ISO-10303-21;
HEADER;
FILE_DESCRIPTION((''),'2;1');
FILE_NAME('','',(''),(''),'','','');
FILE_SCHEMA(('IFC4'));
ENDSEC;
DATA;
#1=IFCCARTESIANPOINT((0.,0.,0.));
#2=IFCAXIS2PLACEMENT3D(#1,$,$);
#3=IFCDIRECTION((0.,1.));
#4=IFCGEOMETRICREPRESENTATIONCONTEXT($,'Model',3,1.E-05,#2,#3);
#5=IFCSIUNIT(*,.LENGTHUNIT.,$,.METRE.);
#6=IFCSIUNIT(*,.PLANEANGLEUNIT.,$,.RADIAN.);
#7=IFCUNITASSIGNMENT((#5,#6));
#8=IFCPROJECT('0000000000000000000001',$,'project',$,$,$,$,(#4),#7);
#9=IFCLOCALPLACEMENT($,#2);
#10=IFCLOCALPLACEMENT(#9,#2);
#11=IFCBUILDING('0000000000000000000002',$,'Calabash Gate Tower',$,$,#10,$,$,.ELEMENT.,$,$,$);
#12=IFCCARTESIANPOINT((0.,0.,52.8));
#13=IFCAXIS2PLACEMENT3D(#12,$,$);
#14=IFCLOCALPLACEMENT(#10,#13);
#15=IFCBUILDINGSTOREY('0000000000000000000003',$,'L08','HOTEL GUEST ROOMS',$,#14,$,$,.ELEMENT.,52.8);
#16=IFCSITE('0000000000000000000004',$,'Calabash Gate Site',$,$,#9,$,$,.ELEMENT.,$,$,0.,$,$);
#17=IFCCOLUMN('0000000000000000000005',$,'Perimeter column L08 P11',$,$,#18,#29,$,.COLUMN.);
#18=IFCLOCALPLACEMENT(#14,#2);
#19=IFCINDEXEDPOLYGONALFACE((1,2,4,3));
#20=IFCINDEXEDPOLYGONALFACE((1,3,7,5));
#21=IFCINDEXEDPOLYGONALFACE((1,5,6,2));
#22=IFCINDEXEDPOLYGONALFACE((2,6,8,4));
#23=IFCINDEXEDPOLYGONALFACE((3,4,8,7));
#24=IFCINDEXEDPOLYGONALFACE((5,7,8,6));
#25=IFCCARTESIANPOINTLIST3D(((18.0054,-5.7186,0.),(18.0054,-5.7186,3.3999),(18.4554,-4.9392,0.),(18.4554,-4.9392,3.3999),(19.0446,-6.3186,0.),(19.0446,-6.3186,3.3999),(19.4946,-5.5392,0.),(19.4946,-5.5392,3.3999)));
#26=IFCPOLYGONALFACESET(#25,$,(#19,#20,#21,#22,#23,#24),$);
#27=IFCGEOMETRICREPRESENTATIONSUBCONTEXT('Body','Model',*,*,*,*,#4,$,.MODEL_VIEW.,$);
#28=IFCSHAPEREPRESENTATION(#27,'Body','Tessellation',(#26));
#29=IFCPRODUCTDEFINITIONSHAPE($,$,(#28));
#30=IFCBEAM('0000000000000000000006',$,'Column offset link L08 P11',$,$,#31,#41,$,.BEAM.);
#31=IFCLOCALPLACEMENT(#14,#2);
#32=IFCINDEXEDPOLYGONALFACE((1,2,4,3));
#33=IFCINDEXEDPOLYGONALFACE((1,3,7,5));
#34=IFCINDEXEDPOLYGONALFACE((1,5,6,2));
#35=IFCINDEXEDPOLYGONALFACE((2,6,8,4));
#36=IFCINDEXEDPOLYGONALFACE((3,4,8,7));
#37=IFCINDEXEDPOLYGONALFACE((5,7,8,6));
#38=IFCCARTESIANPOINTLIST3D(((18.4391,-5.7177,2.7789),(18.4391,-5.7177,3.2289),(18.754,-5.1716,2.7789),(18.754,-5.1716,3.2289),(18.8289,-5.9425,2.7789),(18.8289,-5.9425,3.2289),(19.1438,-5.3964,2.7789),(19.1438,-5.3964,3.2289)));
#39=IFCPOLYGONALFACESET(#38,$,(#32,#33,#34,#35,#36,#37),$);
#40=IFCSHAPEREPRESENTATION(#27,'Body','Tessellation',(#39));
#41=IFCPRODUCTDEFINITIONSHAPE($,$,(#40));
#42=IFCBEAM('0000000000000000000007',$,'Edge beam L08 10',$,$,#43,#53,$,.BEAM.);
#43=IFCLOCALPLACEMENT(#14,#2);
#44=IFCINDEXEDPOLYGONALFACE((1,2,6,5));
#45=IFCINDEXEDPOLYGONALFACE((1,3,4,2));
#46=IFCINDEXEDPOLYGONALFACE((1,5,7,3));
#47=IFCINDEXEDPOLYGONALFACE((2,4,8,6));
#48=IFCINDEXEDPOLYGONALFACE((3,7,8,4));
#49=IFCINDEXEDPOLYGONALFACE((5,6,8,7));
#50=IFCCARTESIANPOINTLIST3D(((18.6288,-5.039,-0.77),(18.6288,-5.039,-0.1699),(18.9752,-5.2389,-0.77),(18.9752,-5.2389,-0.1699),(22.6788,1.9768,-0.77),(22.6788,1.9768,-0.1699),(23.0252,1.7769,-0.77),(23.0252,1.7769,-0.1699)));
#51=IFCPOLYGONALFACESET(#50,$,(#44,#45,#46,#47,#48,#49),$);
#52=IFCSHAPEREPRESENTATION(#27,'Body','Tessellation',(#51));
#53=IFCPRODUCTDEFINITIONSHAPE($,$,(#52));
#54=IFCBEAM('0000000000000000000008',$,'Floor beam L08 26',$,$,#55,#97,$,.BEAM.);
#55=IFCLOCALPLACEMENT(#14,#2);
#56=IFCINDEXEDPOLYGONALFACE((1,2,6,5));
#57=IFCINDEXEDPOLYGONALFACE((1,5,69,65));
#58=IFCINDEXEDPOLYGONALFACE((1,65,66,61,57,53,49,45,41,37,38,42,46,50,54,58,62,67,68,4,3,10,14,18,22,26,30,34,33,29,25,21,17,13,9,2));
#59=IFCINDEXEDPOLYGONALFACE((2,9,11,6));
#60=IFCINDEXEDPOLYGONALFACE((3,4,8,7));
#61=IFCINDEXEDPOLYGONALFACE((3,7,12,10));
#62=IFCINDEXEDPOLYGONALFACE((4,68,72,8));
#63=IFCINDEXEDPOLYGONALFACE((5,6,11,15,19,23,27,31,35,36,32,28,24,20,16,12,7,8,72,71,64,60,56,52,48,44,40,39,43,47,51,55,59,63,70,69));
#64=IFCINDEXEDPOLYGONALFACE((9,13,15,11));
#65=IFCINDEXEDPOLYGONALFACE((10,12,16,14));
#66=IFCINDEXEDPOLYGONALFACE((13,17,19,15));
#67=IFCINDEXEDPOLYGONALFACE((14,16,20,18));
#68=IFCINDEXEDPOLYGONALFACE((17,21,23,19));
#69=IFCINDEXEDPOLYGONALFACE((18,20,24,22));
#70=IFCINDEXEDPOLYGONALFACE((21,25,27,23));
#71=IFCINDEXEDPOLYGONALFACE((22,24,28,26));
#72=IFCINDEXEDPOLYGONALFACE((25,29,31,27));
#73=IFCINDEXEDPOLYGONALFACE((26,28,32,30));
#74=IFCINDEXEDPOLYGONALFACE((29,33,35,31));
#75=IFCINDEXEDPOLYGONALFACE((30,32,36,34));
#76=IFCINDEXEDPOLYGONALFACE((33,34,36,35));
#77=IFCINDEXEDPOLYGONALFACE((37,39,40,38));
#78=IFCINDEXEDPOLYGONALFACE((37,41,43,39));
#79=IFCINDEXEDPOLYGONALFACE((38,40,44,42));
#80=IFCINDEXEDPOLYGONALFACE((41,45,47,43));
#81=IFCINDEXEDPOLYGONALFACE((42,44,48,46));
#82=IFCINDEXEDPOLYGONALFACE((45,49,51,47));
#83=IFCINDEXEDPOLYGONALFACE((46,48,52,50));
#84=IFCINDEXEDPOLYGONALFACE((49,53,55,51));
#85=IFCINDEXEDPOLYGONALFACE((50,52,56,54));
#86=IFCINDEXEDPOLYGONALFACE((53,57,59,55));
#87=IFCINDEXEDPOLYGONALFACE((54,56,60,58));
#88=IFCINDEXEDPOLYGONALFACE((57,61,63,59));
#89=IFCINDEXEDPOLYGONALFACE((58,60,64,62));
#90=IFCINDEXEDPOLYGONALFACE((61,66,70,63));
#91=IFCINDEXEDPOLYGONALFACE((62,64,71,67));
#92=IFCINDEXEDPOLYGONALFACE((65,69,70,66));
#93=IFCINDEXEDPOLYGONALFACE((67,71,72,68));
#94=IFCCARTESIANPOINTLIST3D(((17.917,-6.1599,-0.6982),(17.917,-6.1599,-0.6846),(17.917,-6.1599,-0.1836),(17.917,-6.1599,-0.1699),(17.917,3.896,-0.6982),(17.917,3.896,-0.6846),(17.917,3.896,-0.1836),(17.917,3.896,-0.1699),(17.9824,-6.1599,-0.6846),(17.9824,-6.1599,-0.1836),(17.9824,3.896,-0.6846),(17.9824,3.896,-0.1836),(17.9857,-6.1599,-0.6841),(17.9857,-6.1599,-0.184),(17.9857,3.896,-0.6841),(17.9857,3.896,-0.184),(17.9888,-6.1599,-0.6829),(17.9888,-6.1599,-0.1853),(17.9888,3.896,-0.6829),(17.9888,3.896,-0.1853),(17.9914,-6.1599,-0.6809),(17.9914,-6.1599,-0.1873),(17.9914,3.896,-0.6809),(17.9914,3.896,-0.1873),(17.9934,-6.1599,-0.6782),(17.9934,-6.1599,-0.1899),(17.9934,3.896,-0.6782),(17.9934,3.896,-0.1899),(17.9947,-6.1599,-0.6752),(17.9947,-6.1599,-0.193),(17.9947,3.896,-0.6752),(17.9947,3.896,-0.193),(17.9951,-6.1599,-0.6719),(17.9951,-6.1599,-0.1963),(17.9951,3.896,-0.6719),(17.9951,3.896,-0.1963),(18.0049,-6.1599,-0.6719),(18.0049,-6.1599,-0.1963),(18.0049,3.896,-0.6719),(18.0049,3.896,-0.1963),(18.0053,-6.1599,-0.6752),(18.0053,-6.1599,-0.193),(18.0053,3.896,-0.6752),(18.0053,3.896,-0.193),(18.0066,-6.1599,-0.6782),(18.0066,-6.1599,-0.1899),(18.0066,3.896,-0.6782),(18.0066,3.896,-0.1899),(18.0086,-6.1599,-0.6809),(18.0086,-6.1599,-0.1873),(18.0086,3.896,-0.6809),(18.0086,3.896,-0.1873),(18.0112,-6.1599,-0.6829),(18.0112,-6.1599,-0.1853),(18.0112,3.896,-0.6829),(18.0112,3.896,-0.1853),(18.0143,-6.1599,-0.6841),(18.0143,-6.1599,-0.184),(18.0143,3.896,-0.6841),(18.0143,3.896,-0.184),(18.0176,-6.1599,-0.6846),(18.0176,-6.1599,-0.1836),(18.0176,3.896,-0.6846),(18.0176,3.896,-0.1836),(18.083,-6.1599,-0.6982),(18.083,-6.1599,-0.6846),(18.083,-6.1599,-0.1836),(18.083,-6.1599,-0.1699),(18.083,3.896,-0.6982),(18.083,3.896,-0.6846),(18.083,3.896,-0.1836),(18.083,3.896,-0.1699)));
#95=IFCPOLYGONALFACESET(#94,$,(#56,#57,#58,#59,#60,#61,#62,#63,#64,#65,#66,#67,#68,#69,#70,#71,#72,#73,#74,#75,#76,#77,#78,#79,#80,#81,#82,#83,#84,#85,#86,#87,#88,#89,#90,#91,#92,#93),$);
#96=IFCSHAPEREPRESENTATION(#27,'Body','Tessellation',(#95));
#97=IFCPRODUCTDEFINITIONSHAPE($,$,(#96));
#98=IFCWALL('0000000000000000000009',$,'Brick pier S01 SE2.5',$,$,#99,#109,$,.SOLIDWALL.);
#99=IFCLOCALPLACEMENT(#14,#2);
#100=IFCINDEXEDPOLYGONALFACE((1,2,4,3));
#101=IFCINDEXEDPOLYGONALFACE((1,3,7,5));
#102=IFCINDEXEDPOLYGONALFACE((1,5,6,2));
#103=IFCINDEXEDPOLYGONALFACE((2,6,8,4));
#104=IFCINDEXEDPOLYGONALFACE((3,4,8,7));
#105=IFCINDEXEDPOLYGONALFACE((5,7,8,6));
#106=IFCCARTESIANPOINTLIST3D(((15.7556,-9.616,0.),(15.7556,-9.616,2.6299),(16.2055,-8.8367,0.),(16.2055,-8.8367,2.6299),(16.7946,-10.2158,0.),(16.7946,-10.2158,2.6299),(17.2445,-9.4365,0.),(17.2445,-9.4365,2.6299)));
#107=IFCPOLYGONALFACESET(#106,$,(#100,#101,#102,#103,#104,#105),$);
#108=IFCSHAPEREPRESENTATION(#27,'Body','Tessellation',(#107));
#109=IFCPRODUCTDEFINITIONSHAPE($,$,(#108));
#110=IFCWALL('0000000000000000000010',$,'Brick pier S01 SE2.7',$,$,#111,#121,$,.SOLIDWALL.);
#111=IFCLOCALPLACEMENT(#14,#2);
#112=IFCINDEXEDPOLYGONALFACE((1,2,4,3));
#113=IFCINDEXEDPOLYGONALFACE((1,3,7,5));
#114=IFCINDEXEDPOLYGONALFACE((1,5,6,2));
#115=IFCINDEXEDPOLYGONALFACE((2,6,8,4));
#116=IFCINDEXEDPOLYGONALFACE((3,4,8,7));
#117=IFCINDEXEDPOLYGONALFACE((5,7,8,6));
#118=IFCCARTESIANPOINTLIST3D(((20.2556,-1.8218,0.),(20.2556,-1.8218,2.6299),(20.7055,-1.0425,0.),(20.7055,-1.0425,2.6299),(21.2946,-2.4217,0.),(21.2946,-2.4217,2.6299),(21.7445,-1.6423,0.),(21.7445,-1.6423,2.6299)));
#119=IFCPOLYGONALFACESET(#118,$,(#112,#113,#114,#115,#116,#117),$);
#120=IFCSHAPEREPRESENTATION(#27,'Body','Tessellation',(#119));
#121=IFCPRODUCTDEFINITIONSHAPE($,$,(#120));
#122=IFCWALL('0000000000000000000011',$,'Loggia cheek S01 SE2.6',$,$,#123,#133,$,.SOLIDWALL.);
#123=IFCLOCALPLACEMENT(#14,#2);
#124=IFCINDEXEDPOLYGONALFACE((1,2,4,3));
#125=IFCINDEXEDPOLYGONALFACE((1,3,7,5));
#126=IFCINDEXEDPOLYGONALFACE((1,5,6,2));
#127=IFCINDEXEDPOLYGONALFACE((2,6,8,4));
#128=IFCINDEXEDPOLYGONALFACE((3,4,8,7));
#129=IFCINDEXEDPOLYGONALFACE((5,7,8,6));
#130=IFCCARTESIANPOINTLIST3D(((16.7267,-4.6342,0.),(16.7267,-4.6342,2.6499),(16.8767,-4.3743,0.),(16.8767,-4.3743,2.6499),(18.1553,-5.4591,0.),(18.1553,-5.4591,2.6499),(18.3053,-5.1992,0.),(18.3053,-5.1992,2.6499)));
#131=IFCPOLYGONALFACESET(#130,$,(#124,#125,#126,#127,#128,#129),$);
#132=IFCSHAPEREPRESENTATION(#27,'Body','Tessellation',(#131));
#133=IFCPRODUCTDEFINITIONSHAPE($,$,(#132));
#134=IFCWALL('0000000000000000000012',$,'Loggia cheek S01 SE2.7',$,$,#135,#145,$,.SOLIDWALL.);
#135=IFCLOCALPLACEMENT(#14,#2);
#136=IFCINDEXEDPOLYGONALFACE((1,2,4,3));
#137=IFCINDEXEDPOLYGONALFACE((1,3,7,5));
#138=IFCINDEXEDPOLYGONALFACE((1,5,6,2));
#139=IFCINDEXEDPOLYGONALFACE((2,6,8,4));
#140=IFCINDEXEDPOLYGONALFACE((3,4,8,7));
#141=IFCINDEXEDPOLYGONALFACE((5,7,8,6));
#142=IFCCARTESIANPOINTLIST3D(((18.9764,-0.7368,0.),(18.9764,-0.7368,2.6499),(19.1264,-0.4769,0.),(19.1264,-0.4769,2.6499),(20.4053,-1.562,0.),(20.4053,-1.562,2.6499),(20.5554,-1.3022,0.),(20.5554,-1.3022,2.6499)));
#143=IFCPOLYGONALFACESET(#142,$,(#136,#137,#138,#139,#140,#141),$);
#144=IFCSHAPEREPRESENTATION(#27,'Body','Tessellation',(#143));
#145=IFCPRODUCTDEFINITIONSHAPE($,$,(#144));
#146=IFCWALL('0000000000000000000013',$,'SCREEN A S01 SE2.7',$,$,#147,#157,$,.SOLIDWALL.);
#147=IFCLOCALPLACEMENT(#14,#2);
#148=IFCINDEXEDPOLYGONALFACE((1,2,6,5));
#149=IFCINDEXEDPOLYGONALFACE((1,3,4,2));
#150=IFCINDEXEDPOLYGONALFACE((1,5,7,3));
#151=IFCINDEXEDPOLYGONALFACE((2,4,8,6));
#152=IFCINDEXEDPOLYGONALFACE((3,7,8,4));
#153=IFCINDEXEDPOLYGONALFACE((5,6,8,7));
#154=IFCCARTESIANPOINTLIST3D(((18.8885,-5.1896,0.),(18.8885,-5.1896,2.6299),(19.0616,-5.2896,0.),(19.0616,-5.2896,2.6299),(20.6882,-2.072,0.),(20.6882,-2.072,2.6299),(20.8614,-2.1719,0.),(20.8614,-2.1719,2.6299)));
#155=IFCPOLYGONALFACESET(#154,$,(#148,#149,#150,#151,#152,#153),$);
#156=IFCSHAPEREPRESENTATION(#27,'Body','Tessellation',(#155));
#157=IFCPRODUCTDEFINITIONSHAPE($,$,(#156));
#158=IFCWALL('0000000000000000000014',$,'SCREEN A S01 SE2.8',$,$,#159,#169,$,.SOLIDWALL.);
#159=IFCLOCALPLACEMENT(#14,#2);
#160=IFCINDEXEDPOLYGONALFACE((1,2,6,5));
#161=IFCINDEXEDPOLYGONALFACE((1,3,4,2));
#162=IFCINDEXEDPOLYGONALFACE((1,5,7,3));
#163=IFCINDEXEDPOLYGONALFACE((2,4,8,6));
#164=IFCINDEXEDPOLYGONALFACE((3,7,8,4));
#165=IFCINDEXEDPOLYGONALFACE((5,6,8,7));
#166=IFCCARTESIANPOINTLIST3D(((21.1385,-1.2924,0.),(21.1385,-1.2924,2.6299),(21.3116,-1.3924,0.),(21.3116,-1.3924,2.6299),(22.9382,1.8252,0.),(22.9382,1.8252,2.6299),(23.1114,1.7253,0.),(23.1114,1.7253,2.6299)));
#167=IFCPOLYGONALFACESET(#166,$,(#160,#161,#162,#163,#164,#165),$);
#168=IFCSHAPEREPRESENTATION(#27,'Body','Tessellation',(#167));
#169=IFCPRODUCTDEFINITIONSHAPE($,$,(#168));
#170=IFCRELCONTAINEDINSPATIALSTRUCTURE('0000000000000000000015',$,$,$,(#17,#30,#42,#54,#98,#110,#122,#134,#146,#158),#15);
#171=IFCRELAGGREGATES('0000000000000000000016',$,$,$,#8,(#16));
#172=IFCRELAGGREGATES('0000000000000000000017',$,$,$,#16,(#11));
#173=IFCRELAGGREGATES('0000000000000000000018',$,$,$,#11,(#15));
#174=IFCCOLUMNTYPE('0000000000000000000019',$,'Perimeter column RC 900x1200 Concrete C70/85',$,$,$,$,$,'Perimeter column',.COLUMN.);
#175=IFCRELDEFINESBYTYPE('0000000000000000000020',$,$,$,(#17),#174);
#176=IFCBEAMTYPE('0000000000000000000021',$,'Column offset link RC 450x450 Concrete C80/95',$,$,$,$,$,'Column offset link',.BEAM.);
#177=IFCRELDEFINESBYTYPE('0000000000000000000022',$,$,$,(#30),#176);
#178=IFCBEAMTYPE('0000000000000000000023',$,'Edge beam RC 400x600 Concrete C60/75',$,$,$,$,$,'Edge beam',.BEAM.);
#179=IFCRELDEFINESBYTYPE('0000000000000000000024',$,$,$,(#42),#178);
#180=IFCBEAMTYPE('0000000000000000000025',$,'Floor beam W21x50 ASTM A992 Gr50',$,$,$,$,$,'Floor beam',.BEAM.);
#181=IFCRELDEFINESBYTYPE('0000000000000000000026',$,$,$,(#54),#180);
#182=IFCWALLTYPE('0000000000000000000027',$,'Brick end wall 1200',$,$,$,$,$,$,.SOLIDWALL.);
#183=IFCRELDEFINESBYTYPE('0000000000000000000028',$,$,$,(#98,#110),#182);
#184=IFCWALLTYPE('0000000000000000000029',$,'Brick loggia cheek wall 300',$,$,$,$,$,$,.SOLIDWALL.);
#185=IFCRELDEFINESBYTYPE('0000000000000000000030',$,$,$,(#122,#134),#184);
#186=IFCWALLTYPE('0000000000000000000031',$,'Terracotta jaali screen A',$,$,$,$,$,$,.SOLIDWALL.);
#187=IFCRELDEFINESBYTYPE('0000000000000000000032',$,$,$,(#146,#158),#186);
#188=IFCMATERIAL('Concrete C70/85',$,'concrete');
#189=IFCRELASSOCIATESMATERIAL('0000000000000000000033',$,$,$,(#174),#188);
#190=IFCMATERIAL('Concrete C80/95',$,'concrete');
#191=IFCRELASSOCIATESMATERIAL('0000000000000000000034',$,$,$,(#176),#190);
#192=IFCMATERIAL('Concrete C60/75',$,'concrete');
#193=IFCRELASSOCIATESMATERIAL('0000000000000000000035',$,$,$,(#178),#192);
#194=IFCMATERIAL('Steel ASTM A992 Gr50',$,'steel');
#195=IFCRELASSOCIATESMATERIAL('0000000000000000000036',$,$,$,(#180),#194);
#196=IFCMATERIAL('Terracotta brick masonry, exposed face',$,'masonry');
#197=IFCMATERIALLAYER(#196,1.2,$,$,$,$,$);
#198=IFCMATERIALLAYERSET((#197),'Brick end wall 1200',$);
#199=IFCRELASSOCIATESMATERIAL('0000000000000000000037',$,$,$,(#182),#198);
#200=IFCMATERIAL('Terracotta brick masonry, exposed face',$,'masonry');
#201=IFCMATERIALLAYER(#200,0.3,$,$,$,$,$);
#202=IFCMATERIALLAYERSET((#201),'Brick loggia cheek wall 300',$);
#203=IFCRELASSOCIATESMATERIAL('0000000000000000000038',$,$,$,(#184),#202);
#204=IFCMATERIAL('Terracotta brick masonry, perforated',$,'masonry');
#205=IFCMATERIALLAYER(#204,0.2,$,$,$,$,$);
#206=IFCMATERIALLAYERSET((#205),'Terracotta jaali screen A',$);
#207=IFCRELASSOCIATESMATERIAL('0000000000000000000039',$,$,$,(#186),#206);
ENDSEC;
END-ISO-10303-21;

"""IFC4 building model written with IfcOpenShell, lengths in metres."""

from ifc_helpers import new_model, si_unit, direction, frame, frame_2d, origin, origin_2d, place, context, subcontext, project, spatial, rectangle, i_section, extrude, material, layer, layer_set, material_profile, profile_set, type_object, element, save


model = new_model("IFC4")

# Units and contexts
model_context = context("Model", 3, precision=1e-05, world=origin(), true_north=direction((0.0, 1.0)))
body_context = subcontext(model_context, "Body", "Model", "MODEL_VIEW")
ifc_project = project(units=[si_unit("LENGTHUNIT", "METRE"), si_unit("PLANEANGLEUNIT", "RADIAN")], contexts=[model_context])

# Site, building, storey
site_placement = place(None, origin())
site = spatial("IfcSite", under=ifc_project, at=site_placement, Name="Calabash Gate Site", CompositionType="ELEMENT", RefElevation=0.0)
building_placement = place(site_placement, origin())
building = spatial("IfcBuilding", under=site, at=building_placement, Name="Calabash Gate Tower", CompositionType="ELEMENT")
storey_placement = place(building_placement, frame((0.0, 0.0, 52.8)))
storey = spatial("IfcBuildingStorey", under=building, at=storey_placement, Name="L08", Description="HOTEL GUEST ROOMS", CompositionType="ELEMENT", Elevation=52.8)

# Column
ifc_material_1 = material(Name="Concrete C70/85", Category="concrete")
ifc_material_profile_1 = material_profile(ifc_material_1, rectangle(XDim=0.8999, YDim=1.2, at=origin_2d()))
ifc_profile_set_1 = profile_set([ifc_material_profile_1], Name="Concrete C70/85")
column_type = type_object("IfcColumnType", Name="Perimeter column RC 900x1200 Concrete C70/85", ElementType="Perimeter column", PredefinedType="COLUMN", material=ifc_profile_set_1)
column_placement = place(storey_placement, frame((18.75, -5.6289, 0.0), z_axis=(0.0, 0.0, 1.0), x_axis=(0.5, 0.866025, 0.0)))
element("IfcColumn", 1, at=column_placement, inside=storey, type_object=column_type, Name="Perimeter column L08 P11", PredefinedType="COLUMN", context=body_context, shape_type="SweptSolid", body=[
    extrude(rectangle(XDim=0.8999, YDim=1.2, at=origin_2d()), origin(), (0.0, 0.0, 1.0), 3.3999),
])

# Beams
ifc_material_2 = material(Name="Concrete C80/95", Category="concrete")
ifc_material_profile_2 = material_profile(ifc_material_2, rectangle(XDim=0.45, YDim=0.45, at=origin_2d()))
ifc_profile_set_2 = profile_set([ifc_material_profile_2], Name="Concrete C80/95")
beam_type_1 = type_object("IfcBeamType", Name="Column offset link RC 450x450 Concrete C80/95", ElementType="Column offset link", PredefinedType="BEAM", material=ifc_profile_set_2)
beam_1_placement = place(storey_placement, frame((18.634, -5.8301, 3.0039), z_axis=(0.499555, 0.866282, 0.0), x_axis=(-0.866282, 0.499555, 0.0)))
element("IfcBeam", 2, at=beam_1_placement, inside=storey, type_object=beam_type_1, Name="Column offset link L08 P11", PredefinedType="BEAM", context=body_context, shape_type="SweptSolid", body=[
    extrude(rectangle(XDim=0.45, YDim=0.45, at=origin_2d()), origin(), (0.0, 0.0, 1.0), 0.6304),
])
ifc_material_3 = material(Name="Concrete C60/75", Category="concrete")
ifc_material_profile_3 = material_profile(ifc_material_3, rectangle(XDim=0.3999, YDim=0.6001, at=origin_2d()))
ifc_profile_set_3 = profile_set([ifc_material_profile_3], Name="Concrete C60/75")
beam_type_2 = type_object("IfcBeamType", Name="Edge beam RC 400x600 Concrete C60/75", ElementType="Edge beam", PredefinedType="BEAM", material=ifc_profile_set_3)
beam_2_placement = place(storey_placement, frame((18.802, -5.1389, -0.47), z_axis=(0.499948, 0.866056, 0.0), x_axis=(-0.866056, 0.499948, 0.0)))
element("IfcBeam", 3, at=beam_2_placement, inside=storey, type_object=beam_type_2, Name="Edge beam L08 10", PredefinedType="BEAM", context=body_context, shape_type="SweptSolid", body=[
    extrude(rectangle(XDim=0.3999, YDim=0.6001, at=origin_2d()), origin(), (0.0, 0.0, 1.0), 8.1008),
])
ifc_material_4 = material(Name="Steel ASTM A992 Gr50", Category="steel")
ifc_material_profile_4 = material_profile(ifc_material_4, i_section(OverallWidth=0.166, OverallDepth=0.5283, WebThickness=0.0098, FlangeThickness=0.0137, FilletRadius=0.0127, at=origin_2d()))
ifc_profile_set_4 = profile_set([ifc_material_profile_4], Name="Steel ASTM A992 Gr50")
beam_type_3 = type_object("IfcBeamType", Name="Floor beam W21x50 ASTM A992 Gr50", ElementType="Floor beam", PredefinedType="BEAM", material=ifc_profile_set_4)
beam_3_placement = place(storey_placement, frame((18.0, -6.1599, -0.4341), z_axis=(0.0, 1.0, 0.0), x_axis=(-1.0, 0.0, 0.0)))
element("IfcBeam", 4, at=beam_3_placement, inside=storey, type_object=beam_type_3, Name="Floor beam L08 26", PredefinedType="BEAM", context=body_context, shape_type="SweptSolid", body=[
    extrude(i_section(OverallWidth=0.166, OverallDepth=0.5283, WebThickness=0.0098, FlangeThickness=0.0137, FilletRadius=0.0127, at=origin_2d()), origin(), (0.0, 0.0, 1.0), 10.0559),
])

# Walls
ifc_material_5 = material(Name="Terracotta brick masonry, exposed face", Category="masonry")
ifc_layer_1 = layer(ifc_material_5, 1.2)
ifc_layer_set_1 = layer_set([ifc_layer_1], Name="Brick end wall 1200")
wall_type_1 = type_object("IfcWallType", Name="Brick end wall 1200", PredefinedType="SOLIDWALL", material=ifc_layer_set_1)
for number, where, z_axis, x_axis, name in (
    (5, (17.0195, -9.8262, 0.0), (0.0, 0.0, 1.0), (-0.866043, 0.499969, 0.0), "Brick pier S01 SE2.5"),
    (6, (21.5195, -2.032, 0.0), (0.0, 0.0, 1.0), (-0.866043, 0.499969, 0.0), "Brick pier S01 SE2.7"),
):
    element("IfcWall", number, at=place(storey_placement, frame(where, z_axis=z_axis, x_axis=x_axis)), inside=storey, type_object=wall_type_1, Name=name, PredefinedType="SOLIDWALL", context=body_context, shape_type="SweptSolid", body=[
        extrude(rectangle(XDim=1.1997, YDim=0.8999, at=frame_2d((0.5999, 0.0))), origin(), (0.0, 0.0, 1.0), 2.6299),
    ])
ifc_material_6 = material(Name="Terracotta brick masonry, exposed face", Category="masonry")
ifc_layer_2 = layer(ifc_material_6, 0.3)
ifc_layer_set_2 = layer_set([ifc_layer_2], Name="Brick loggia cheek wall 300")
wall_type_2 = type_object("IfcWallType", Name="Brick loggia cheek wall 300", PredefinedType="SOLIDWALL", material=ifc_layer_set_2)
wall_1_placement = place(storey_placement, frame((18.2302, -5.3291, 0.0), z_axis=(0.0, 0.0, 1.0), x_axis=(-0.866003, 0.500038, 0.0)))
element("IfcWall", 7, at=wall_1_placement, inside=storey, type_object=wall_type_2, Name="Loggia cheek S01 SE2.6", PredefinedType="SOLIDWALL", context=body_context, shape_type="SweptSolid", body=[
    extrude(rectangle(XDim=1.6497, YDim=0.3, at=frame_2d((0.8247, 0.0))), origin(), (0.0, 0.0, 1.0), 2.6499),
])
wall_2_placement = place(storey_placement, frame((20.4805, -1.4321, 0.0), z_axis=(0.0, 0.0, 1.0), x_axis=(-0.865976, 0.500085, 0.0)))
element("IfcWall", 8, at=wall_2_placement, inside=storey, type_object=wall_type_2, Name="Loggia cheek S01 SE2.7", PredefinedType="SOLIDWALL", context=body_context, shape_type="SweptSolid", body=[
    extrude(rectangle(XDim=1.6501, YDim=0.3, at=frame_2d((0.8252, 0.0))), origin(), (0.0, 0.0, 1.0), 2.6499),
])
ifc_material_7 = material(Name="Terracotta brick masonry, perforated", Category="masonry")
ifc_layer_3 = layer(ifc_material_7, 0.2)
ifc_layer_set_3 = layer_set([ifc_layer_3], Name="Terracotta jaali screen A")
wall_type_3 = type_object("IfcWallType", Name="Terracotta jaali screen A", PredefinedType="SOLIDWALL", material=ifc_layer_set_3)
for number, where, z_axis, x_axis, name in (
    (9, (18.9751, -5.2395, 0.0), (0.0, 0.0, 1.0), (0.499961, 0.866048, 0.0), "SCREEN A S01 SE2.7"),
    (10, (21.2251, -1.3423, 0.0), (0.0, 0.0, 1.0), (0.499961, 0.866048, 0.0), "SCREEN A S01 SE2.8"),
):
    element("IfcWall", number, at=place(storey_placement, frame(where, z_axis=z_axis, x_axis=x_axis)), inside=storey, type_object=wall_type_3, Name=name, PredefinedType="SOLIDWALL", context=body_context, shape_type="SweptSolid", body=[
        extrude(rectangle(XDim=3.5999, YDim=0.2, at=frame_2d((1.7998, 0.0))), origin(), (0.0, 0.0, 1.0), 2.6299),
    ])

save(model, "model.ifc")
